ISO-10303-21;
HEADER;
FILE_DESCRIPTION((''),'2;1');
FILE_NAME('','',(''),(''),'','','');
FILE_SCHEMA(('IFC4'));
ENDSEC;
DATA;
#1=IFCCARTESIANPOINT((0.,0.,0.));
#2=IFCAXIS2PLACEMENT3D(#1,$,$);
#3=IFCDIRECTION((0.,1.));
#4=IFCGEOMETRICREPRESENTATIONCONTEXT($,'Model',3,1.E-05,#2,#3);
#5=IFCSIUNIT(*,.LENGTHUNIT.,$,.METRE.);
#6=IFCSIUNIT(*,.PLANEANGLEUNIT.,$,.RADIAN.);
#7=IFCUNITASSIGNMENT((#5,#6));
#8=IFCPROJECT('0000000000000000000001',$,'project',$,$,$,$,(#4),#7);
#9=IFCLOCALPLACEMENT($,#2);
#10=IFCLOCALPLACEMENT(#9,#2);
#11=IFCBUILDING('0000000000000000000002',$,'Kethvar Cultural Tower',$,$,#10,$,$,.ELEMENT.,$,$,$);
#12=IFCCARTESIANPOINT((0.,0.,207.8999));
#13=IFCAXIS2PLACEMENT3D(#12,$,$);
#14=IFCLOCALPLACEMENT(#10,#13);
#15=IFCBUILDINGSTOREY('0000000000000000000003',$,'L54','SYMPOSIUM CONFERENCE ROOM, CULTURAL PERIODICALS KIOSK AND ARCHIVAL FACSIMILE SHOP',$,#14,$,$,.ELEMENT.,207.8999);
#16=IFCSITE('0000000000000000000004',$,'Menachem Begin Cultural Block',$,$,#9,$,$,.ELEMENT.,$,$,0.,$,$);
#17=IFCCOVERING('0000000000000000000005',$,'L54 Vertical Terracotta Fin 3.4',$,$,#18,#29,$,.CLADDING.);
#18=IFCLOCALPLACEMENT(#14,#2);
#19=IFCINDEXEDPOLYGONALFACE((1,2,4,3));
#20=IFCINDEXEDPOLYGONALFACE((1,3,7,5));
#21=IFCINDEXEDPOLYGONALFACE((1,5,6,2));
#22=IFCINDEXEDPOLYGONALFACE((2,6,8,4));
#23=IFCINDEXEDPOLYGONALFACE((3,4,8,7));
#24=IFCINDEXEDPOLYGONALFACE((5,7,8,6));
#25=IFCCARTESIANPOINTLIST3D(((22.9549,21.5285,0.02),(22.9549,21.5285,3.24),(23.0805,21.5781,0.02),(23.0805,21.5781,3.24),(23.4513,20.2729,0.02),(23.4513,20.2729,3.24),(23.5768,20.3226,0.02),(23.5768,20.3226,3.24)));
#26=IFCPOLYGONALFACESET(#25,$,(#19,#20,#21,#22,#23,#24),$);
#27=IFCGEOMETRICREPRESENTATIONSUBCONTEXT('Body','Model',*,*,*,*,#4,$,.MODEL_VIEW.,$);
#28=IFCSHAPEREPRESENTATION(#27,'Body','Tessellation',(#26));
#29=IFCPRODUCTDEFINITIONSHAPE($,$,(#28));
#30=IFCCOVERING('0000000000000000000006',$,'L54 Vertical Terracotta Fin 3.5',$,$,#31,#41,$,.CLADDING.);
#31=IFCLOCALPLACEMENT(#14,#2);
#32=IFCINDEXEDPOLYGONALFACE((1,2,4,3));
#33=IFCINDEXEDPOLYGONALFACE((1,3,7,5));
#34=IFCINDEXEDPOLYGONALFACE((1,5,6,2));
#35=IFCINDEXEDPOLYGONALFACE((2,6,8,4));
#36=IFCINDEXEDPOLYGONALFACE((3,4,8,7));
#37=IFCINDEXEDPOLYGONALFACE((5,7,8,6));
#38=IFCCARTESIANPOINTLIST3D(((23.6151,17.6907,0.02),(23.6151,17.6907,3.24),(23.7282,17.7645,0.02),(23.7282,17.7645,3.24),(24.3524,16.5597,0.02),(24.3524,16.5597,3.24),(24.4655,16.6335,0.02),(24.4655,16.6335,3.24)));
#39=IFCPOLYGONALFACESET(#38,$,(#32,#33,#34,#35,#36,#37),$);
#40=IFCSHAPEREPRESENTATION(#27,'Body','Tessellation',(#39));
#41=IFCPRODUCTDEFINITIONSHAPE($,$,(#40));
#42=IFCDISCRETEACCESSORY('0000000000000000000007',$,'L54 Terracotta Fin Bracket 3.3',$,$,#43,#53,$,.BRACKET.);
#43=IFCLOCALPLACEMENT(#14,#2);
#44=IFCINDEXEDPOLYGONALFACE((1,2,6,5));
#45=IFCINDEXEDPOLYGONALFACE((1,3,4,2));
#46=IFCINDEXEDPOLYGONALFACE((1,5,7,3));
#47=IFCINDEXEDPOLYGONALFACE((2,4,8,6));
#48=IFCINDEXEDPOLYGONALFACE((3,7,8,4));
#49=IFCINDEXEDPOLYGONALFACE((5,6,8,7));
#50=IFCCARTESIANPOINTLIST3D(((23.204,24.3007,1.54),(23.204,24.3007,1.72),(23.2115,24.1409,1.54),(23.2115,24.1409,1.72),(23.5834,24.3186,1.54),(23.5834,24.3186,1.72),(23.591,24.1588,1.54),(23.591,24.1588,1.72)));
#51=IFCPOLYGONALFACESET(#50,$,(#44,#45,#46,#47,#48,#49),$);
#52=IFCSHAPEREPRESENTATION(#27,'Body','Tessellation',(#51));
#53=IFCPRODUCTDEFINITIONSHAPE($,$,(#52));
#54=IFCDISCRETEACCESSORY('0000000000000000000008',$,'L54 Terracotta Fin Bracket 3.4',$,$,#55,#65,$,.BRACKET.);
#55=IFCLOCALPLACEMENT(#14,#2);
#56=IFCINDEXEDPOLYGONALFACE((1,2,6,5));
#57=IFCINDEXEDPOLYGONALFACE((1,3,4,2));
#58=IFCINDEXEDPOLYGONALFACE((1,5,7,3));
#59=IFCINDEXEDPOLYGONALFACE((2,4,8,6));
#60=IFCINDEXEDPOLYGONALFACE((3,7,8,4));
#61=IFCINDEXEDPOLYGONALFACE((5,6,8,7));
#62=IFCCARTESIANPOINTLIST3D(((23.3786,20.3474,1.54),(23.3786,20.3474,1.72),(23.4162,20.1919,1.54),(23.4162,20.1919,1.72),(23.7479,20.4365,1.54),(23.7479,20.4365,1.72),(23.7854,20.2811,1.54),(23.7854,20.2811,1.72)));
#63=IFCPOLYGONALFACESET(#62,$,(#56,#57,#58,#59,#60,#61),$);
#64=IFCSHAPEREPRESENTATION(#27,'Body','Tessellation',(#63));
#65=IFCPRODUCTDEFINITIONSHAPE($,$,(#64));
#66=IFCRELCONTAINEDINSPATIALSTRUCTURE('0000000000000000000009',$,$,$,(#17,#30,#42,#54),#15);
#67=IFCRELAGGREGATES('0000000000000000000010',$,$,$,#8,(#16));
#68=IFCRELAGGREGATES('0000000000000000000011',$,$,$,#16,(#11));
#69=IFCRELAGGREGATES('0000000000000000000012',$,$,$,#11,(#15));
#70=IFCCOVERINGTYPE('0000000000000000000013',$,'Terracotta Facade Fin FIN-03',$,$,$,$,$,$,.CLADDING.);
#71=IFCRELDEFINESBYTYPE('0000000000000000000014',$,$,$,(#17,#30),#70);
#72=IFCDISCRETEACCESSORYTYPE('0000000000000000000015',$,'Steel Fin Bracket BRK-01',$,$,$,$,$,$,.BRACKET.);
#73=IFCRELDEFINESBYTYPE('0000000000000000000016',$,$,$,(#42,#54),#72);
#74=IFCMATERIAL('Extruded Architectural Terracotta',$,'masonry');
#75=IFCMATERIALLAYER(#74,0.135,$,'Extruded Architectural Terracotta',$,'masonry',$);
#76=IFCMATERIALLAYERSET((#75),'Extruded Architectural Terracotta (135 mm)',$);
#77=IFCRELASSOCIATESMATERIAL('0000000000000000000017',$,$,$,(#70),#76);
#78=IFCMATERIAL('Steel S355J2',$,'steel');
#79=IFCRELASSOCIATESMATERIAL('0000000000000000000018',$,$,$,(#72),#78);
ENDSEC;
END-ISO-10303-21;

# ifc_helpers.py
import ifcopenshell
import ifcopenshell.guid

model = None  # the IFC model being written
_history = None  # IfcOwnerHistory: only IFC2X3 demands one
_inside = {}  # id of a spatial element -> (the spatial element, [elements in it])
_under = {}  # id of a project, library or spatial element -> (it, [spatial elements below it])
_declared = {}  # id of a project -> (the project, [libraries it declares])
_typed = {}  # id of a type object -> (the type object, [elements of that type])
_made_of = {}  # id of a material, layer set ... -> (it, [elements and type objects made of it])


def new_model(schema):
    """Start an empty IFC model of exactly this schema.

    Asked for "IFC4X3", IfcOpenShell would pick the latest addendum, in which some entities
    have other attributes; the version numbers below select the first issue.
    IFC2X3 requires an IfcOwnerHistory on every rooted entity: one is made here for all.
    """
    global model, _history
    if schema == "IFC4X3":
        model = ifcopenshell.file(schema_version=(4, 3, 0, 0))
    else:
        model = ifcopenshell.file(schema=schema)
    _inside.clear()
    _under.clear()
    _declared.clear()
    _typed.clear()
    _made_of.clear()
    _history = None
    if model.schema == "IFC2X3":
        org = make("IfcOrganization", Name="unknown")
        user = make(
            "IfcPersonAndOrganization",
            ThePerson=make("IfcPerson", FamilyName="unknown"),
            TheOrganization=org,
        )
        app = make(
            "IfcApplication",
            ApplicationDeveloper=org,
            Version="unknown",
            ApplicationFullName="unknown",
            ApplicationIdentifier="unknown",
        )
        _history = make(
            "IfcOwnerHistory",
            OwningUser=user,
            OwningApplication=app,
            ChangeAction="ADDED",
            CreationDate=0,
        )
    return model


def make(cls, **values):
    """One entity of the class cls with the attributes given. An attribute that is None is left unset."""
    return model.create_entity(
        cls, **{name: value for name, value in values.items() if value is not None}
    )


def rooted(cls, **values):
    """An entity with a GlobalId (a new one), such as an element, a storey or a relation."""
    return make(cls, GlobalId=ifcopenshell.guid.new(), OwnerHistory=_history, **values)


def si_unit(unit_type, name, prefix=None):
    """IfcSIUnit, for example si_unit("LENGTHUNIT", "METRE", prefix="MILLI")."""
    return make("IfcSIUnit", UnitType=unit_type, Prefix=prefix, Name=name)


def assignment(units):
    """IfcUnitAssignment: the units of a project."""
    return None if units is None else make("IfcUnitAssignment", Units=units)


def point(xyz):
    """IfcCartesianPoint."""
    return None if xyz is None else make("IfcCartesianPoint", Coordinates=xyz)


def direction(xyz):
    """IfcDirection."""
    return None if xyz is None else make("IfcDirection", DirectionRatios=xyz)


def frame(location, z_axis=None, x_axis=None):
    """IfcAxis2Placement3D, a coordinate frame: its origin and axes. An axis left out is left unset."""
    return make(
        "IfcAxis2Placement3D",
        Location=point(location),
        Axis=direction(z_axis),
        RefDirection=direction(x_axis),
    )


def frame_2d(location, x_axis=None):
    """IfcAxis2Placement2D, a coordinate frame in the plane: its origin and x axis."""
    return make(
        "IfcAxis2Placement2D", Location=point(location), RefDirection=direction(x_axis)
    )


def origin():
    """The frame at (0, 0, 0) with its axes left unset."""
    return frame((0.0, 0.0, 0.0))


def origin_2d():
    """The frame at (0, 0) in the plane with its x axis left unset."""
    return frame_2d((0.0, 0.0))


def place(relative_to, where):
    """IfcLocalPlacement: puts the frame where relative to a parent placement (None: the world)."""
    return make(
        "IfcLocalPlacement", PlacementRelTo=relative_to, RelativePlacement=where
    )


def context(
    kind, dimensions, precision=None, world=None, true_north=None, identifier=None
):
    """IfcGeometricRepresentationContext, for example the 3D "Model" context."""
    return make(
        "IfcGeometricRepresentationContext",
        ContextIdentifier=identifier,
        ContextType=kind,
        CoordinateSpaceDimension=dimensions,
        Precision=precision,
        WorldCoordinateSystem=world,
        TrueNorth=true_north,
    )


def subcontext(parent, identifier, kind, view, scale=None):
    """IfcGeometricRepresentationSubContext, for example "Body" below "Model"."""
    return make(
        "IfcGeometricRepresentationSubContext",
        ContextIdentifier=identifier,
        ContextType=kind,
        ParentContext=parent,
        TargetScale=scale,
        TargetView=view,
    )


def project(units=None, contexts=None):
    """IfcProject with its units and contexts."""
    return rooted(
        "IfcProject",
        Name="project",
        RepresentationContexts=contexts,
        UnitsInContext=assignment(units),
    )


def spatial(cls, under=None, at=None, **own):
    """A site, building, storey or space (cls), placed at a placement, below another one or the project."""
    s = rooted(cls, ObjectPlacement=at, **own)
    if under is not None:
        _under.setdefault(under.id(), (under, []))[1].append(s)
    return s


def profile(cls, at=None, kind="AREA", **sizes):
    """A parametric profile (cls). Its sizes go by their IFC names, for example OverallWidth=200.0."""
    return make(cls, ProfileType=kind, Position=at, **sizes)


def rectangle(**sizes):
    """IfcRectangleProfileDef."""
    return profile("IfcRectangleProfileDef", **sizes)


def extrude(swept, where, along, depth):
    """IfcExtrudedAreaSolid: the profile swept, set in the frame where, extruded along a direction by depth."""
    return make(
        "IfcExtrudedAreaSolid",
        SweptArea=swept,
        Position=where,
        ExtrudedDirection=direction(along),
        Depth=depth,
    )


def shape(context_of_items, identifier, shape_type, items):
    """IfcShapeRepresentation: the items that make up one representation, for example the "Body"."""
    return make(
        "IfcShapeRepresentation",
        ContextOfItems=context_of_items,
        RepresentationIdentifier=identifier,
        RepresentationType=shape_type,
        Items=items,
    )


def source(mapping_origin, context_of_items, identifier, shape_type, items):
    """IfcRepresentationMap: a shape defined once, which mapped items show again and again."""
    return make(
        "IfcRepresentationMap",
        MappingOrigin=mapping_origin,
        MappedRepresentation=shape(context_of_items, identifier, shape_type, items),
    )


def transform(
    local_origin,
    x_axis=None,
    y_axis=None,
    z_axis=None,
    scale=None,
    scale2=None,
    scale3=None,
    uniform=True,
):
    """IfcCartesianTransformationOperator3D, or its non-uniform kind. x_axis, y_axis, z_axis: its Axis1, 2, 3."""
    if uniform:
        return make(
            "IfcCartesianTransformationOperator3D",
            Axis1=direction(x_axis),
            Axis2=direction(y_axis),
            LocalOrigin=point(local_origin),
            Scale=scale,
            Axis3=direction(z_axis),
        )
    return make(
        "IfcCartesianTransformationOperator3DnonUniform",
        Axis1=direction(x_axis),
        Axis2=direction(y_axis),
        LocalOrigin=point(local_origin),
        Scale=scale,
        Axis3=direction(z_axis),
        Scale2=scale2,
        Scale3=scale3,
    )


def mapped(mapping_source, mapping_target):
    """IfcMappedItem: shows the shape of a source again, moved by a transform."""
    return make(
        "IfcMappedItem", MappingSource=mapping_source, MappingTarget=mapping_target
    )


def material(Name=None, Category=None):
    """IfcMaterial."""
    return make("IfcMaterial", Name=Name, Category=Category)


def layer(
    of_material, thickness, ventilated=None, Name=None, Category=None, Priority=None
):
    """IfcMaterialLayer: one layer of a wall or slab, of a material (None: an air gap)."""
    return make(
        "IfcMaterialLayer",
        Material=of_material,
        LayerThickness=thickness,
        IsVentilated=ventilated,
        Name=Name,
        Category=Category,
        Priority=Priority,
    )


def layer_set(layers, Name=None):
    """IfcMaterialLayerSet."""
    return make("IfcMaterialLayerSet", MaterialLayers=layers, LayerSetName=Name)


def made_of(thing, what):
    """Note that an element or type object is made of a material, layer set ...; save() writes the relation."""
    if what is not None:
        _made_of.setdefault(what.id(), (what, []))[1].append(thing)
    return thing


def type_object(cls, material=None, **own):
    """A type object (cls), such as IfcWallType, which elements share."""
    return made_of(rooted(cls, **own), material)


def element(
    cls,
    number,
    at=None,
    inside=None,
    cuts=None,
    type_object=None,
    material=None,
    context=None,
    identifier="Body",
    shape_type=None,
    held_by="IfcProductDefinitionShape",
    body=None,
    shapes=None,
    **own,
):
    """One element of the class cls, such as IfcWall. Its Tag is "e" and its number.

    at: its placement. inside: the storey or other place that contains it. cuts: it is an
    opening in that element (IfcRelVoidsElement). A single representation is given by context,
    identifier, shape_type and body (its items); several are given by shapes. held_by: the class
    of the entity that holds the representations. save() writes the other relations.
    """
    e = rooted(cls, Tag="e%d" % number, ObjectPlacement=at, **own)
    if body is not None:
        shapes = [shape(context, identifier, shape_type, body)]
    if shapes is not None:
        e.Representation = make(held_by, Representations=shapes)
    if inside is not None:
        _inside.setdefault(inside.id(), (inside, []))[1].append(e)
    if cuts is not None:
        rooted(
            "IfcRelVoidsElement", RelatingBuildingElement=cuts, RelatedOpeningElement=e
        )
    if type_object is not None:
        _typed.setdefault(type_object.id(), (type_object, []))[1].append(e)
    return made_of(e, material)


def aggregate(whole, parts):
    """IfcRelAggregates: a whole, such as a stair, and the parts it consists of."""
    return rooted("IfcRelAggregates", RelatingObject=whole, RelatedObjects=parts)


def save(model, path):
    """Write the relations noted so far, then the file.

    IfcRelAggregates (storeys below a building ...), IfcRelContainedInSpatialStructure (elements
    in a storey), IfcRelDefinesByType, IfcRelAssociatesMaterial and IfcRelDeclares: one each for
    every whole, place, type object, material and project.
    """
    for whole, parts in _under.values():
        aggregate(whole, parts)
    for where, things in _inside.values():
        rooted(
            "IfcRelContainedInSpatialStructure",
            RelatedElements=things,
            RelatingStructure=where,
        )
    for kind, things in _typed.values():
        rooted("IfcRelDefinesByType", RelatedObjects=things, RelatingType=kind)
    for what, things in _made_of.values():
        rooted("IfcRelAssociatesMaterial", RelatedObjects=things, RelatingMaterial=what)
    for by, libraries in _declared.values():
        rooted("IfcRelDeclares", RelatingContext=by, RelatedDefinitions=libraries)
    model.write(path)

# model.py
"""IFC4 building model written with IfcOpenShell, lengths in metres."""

from ifc_helpers import new_model, si_unit, direction, frame, origin, origin_2d, place, context, subcontext, project, spatial, rectangle, extrude, source, transform, mapped, material, layer, layer_set, type_object, element, save


model = new_model("IFC4")

# Units and contexts
model_context = context("Model", 3, precision=1e-05, world=origin(), true_north=direction((0.0, 1.0)))
body_context = subcontext(model_context, "Body", "Model", "MODEL_VIEW")
ifc_project = project(units=[si_unit("LENGTHUNIT", "METRE"), si_unit("PLANEANGLEUNIT", "RADIAN")], contexts=[model_context])

# Site, building, storey
site_placement = place(None, origin())
site = spatial("IfcSite", under=ifc_project, at=site_placement, Name="Menachem Begin Cultural Block", CompositionType="ELEMENT", RefElevation=0.0)
building_placement = place(site_placement, origin())
building = spatial("IfcBuilding", under=site, at=building_placement, Name="Kethvar Cultural Tower", CompositionType="ELEMENT")
storey_placement = place(building_placement, frame((0.0, 0.0, 207.8999)))
storey = spatial("IfcBuildingStorey", under=building, at=storey_placement, Name="L54", Description="SYMPOSIUM CONFERENCE ROOM, CULTURAL PERIODICALS KIOSK AND ARCHIVAL FACSIMILE SHOP", CompositionType="ELEMENT", Elevation=207.8999)

# Coverings
ifc_material_1 = material(Name="Extruded Architectural Terracotta", Category="masonry")
ifc_layer_1 = layer(ifc_material_1, 0.135, Name="Extruded Architectural Terracotta", Category="masonry")
ifc_layer_set_1 = layer_set([ifc_layer_1], Name="Extruded Architectural Terracotta (135 mm)")
covering_type_1 = type_object("IfcCoveringType", Name="Terracotta Facade Fin FIN-03", PredefinedType="CLADDING", material=ifc_layer_set_1)
shared_shape_1 = source(origin(), body_context, "Body", "SweptSolid", [
    extrude(rectangle(XDim=1.3501, YDim=0.135, at=origin_2d()), origin(), (0.0, 0.0, 1.0), 3.22),
])
for number, where, z_axis, x_axis, name in (
    (1, (23.2659, 20.9255, 0.02), (0.0, 0.0, 1.0), (-0.367638, 0.929969, 0.0), "L54 Vertical Terracotta Fin 3.4"),
    (2, (24.0403, 17.1621, 0.02), (0.0, 0.0, 1.0), (-0.546102, 0.837719, 0.0), "L54 Vertical Terracotta Fin 3.5"),
):
    element("IfcCovering", number, at=place(storey_placement, frame(where, z_axis=z_axis, x_axis=x_axis)), inside=storey, type_object=covering_type_1, Name=name, PredefinedType="CLADDING", context=body_context, shape_type="MappedRepresentation", body=[
        mapped(shared_shape_1, transform((0.0, 0.0, 0.0), scale=1.0)),
    ])

# Discrete accessories
ifc_material_2 = material(Name="Steel S355J2", Category="steel")
discrete_accessory_type = type_object("IfcDiscreteAccessoryType", Name="Steel Fin Bracket BRK-01", PredefinedType="BRACKET", material=ifc_material_2)
shared_shape_2 = source(origin(), body_context, "Body", "SweptSolid", [
    extrude(rectangle(XDim=0.3799, YDim=0.1599, at=origin_2d()), origin(), (0.0, 0.0, 1.0), 0.1799),
])
for number, where, z_axis, x_axis, name in (
    (3, (23.3975, 24.2297, 1.54), (0.0, 0.0, 1.0), (-0.99889, -0.047106, 0.0), "L54 Terracotta Fin Bracket 3.3"),
    (4, (23.582, 20.3142, 1.54), (0.0, 0.0, 1.0), (-0.972084, -0.234633, 0.0), "L54 Terracotta Fin Bracket 3.4"),
):
    element("IfcDiscreteAccessory", number, at=place(storey_placement, frame(where, z_axis=z_axis, x_axis=x_axis)), inside=storey, type_object=discrete_accessory_type, Name=name, PredefinedType="BRACKET", context=body_context, shape_type="MappedRepresentation", body=[
        mapped(shared_shape_2, transform((0.0, 0.0, 0.0), scale=1.0)),
    ])

save(model, "model.ifc")
